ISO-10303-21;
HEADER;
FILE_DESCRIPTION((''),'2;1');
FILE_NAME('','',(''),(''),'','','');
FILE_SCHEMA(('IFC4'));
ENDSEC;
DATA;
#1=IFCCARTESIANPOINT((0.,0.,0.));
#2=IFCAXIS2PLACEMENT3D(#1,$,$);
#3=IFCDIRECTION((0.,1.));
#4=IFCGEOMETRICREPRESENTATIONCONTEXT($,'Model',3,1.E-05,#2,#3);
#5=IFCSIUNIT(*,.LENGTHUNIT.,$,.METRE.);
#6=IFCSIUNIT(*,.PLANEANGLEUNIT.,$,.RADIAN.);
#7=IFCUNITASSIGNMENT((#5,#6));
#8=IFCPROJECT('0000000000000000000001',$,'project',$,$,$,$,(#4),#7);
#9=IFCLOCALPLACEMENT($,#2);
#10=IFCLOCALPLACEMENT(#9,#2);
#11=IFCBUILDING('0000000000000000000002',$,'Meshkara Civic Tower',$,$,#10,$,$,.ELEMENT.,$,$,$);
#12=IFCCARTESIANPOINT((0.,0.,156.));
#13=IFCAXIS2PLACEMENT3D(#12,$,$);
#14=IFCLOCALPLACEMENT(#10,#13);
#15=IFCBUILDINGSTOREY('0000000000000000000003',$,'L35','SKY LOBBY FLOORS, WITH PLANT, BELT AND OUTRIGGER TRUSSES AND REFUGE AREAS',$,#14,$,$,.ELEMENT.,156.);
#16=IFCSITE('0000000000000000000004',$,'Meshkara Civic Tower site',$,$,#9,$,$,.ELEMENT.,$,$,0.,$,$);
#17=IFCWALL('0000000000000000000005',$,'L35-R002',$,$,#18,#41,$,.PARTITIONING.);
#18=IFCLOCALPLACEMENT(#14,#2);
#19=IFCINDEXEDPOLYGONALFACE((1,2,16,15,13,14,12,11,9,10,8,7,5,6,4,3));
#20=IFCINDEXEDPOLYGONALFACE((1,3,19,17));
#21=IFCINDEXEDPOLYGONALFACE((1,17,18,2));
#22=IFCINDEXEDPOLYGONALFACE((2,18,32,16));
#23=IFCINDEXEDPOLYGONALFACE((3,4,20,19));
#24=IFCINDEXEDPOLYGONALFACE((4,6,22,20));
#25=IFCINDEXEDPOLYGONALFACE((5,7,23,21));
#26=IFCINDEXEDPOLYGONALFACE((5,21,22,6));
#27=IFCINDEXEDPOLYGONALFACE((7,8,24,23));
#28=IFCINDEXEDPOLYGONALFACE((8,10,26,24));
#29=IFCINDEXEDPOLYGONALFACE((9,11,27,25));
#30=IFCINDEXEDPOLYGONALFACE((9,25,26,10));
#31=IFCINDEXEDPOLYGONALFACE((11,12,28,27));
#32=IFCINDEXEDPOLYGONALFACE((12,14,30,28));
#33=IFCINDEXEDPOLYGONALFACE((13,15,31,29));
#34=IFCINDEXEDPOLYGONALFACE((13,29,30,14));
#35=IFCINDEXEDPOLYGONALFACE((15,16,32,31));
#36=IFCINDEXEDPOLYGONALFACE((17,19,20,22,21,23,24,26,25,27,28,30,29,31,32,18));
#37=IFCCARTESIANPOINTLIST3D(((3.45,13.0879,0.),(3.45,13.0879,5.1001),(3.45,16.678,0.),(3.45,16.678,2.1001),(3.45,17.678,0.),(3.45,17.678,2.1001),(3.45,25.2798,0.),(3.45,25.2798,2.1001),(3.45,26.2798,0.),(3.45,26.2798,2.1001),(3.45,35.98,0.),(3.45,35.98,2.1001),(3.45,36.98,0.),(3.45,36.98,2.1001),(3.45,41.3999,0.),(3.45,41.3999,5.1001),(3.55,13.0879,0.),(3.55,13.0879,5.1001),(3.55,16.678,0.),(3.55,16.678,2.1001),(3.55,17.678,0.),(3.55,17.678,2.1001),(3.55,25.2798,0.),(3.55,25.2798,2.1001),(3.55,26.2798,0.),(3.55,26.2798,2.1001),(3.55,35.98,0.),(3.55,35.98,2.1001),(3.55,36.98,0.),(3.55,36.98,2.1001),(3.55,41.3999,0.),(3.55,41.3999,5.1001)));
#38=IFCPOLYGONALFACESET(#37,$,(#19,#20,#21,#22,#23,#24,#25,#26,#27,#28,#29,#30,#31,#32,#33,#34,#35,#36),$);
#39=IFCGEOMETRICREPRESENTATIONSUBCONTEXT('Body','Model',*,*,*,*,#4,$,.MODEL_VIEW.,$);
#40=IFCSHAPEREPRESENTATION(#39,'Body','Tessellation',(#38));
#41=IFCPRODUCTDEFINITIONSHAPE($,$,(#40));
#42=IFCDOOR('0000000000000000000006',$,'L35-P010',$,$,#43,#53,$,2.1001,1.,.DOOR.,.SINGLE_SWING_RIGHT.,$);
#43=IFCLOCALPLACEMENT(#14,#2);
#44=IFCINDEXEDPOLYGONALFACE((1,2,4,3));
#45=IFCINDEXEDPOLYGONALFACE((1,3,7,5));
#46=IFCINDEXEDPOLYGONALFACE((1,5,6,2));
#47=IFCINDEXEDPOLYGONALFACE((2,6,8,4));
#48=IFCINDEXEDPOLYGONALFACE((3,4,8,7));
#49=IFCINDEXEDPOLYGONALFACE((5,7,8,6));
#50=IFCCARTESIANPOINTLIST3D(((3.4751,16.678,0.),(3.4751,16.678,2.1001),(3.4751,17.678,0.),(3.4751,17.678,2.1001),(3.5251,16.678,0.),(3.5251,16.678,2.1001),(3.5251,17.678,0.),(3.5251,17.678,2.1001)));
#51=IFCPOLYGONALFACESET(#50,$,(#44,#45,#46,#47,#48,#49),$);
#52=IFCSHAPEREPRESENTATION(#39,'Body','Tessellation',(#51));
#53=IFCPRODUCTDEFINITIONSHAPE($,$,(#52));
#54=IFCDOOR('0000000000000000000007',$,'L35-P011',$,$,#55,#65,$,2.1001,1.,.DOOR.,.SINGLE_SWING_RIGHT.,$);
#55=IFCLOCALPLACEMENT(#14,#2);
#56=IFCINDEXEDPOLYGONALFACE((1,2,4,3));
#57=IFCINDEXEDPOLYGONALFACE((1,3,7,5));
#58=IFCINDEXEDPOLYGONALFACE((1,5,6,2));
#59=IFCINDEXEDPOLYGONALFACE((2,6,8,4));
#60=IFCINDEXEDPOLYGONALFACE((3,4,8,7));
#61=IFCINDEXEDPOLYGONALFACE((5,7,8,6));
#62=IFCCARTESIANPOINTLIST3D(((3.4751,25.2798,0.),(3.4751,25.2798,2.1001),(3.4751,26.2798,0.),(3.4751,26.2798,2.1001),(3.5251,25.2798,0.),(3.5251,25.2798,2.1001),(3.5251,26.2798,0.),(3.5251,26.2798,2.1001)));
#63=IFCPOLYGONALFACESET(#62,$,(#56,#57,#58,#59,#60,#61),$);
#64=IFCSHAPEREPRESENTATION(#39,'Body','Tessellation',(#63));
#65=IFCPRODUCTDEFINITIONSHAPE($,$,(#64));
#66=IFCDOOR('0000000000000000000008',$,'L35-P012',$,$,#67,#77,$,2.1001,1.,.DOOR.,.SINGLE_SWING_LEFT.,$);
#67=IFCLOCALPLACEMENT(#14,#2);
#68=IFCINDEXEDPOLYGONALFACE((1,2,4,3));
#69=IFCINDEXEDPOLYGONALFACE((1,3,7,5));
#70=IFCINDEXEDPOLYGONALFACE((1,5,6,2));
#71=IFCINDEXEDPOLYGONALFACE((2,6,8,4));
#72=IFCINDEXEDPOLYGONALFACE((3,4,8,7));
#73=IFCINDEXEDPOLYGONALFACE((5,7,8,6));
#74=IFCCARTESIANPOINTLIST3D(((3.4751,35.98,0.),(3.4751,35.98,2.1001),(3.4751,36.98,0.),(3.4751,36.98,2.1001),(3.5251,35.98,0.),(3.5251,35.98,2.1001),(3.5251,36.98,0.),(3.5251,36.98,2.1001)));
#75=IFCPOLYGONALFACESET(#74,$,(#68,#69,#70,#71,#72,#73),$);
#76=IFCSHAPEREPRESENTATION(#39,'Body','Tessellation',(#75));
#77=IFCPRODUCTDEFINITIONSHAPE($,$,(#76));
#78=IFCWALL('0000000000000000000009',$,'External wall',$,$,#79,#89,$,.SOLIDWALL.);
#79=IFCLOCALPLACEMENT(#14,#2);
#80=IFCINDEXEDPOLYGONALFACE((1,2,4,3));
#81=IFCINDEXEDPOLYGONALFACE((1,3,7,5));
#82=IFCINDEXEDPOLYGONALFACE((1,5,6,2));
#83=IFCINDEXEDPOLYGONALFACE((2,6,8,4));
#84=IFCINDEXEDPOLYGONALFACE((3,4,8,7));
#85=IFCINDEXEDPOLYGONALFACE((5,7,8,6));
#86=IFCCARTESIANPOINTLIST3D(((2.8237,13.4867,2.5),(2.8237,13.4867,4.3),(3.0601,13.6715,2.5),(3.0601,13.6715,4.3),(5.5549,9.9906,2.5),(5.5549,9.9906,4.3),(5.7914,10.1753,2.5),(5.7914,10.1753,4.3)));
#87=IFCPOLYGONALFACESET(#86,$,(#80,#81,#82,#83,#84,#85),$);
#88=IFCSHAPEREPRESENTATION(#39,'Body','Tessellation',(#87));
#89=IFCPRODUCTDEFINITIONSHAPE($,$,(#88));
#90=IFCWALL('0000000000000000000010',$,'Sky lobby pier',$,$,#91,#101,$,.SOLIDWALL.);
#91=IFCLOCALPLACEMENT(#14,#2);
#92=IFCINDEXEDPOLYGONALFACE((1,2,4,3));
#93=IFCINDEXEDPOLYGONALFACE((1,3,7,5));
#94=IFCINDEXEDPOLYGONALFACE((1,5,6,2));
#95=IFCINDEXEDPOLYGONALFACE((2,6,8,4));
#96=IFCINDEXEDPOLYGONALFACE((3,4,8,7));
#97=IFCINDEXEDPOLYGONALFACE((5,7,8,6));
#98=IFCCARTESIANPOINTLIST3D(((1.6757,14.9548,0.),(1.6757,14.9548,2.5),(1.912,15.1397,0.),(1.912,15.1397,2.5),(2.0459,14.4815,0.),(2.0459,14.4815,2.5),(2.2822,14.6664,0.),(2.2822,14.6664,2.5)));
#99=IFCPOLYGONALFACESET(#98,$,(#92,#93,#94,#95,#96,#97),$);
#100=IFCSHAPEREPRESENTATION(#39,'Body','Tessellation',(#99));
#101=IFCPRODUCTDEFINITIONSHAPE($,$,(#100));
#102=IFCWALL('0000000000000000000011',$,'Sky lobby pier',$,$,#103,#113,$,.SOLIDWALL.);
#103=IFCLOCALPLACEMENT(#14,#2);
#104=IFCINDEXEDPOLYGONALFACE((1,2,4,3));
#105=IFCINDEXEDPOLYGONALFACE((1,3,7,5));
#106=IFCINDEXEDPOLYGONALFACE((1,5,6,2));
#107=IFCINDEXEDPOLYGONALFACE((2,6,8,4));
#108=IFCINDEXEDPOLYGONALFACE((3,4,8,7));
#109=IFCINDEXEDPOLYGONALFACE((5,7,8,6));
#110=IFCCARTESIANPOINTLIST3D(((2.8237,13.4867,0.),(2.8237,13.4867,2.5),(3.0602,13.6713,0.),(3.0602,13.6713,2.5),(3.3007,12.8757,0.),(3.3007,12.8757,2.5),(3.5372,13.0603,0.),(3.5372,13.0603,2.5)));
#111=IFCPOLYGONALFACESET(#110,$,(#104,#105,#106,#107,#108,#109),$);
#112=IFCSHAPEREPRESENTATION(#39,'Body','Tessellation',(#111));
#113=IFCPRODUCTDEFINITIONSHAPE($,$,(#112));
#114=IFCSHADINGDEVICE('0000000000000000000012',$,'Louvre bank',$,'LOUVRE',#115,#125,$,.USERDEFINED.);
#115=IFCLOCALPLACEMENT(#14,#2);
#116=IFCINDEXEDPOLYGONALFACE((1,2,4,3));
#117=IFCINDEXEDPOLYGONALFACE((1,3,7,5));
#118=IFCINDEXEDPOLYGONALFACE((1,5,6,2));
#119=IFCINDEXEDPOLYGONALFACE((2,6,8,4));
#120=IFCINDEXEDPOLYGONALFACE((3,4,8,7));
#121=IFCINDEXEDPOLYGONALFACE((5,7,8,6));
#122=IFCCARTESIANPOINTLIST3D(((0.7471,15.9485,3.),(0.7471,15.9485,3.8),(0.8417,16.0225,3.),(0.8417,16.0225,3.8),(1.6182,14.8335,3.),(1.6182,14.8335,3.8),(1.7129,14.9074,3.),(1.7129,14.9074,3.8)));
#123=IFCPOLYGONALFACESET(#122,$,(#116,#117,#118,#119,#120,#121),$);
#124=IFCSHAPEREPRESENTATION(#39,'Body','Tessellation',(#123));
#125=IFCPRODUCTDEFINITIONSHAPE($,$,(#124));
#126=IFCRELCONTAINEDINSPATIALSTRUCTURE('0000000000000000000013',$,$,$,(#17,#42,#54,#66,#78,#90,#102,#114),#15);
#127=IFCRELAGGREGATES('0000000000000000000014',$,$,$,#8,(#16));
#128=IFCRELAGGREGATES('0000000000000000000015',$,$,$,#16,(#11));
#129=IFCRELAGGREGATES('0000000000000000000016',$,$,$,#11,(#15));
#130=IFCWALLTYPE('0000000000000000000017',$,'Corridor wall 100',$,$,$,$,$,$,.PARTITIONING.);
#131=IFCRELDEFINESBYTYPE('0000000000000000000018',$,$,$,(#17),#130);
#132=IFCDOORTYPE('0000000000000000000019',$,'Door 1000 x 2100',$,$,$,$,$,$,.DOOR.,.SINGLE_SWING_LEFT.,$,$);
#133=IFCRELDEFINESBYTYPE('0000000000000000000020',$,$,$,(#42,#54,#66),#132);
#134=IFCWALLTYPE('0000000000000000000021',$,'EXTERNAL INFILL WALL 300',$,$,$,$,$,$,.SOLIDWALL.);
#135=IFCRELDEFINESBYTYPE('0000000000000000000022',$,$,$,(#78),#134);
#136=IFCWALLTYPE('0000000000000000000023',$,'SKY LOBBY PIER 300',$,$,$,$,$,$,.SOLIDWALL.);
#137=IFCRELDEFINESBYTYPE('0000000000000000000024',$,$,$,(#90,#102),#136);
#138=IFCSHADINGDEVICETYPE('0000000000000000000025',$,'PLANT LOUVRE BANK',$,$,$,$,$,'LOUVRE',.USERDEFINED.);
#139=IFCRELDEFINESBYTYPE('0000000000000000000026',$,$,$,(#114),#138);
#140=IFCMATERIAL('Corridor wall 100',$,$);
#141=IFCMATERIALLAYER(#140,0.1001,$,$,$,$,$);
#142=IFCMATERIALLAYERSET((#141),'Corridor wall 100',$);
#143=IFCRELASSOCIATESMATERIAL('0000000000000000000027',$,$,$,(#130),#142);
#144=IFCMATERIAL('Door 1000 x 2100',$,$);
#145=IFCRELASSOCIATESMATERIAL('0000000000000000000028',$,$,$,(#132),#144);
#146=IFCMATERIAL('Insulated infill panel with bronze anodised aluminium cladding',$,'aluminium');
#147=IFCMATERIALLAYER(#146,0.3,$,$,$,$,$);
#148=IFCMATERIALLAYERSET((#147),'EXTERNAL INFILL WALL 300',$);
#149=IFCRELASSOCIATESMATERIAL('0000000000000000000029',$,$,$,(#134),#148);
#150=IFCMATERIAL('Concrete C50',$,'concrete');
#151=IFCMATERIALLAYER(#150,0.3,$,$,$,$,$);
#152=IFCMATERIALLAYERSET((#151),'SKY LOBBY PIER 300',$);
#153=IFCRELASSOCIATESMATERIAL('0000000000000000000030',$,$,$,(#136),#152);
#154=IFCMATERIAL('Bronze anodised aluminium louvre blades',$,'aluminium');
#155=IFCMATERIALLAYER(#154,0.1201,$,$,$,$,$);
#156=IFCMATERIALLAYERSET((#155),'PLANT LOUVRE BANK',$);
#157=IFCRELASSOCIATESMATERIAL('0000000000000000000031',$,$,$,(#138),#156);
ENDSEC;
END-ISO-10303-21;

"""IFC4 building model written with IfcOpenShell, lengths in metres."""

from ifc_helpers import new_model, si_unit, direction, frame, frame_2d, origin, origin_2d, place, context, subcontext, project, spatial, rectangle, extrude, material, layer, layer_set, type_object, element, fill, save


model = new_model("IFC4")

# Units and contexts
model_context = context("Model", 3, precision=1e-05, world=origin(), true_north=direction((0.0, 1.0)))
body_context = subcontext(model_context, "Body", "Model", "MODEL_VIEW")
ifc_project = project(units=[si_unit("LENGTHUNIT", "METRE"), si_unit("PLANEANGLEUNIT", "RADIAN")], contexts=[model_context])

# Site, building, storey
site_placement = place(None, origin())
site = spatial("IfcSite", under=ifc_project, at=site_placement, Name="Meshkara Civic Tower site", CompositionType="ELEMENT", RefElevation=0.0)
building_placement = place(site_placement, origin())
building = spatial("IfcBuilding", under=site, at=building_placement, Name="Meshkara Civic Tower", CompositionType="ELEMENT")
storey_placement = place(building_placement, frame((0.0, 0.0, 156.0)))
storey = spatial("IfcBuildingStorey", under=building, at=storey_placement, Name="L35", Description="SKY LOBBY FLOORS, WITH PLANT, BELT AND OUTRIGGER TRUSSES AND REFUGE AREAS", CompositionType="ELEMENT", Elevation=156.0)

# Wall, openings, doors
ifc_material_1 = material(Name="Corridor wall 100")
ifc_layer_1 = layer(ifc_material_1, 0.1001)
ifc_layer_set_1 = layer_set([ifc_layer_1], Name="Corridor wall 100")
wall_type_1 = type_object("IfcWallType", Name="Corridor wall 100", PredefinedType="PARTITIONING", material=ifc_layer_set_1)
wall_1_placement = place(storey_placement, frame((3.5, 13.0879, 0.0), z_axis=(0.0, 0.0, 1.0), x_axis=(0.0, 1.0, 0.0)))
wall_1 = element("IfcWall", 1, at=wall_1_placement, inside=storey, type_object=wall_type_1, Name="L35-R002", PredefinedType="PARTITIONING", context=body_context, shape_type="SweptSolid", body=[
    extrude(rectangle(XDim=28.312, YDim=0.1001, at=frame_2d((14.156, 0.0))), origin(), (0.0, 0.0, 1.0), 5.1001),
])
opening_1_placement = place(wall_1_placement, frame((3.5901, 0.0, 0.0)))
opening_1 = element("IfcOpeningElement", 2, at=opening_1_placement, cuts=wall_1, PredefinedType="OPENING", context=body_context, shape_type="SweptSolid", body=[
    extrude(rectangle(XDim=1.0, YDim=2.1001, at=frame_2d((0.5, 1.05))), frame((0.0, 0.0601, 0.0), z_axis=(0.0, -1.0, 0.0), x_axis=(1.0, 0.0, 0.0)), (0.0, 0.0, 1.0), 0.1201),
])
opening_2_placement = place(wall_1_placement, frame((12.1919, 0.0, 0.0)))
opening_2 = element("IfcOpeningElement", 3, at=opening_2_placement, cuts=wall_1, PredefinedType="OPENING", context=body_context, shape_type="SweptSolid", body=[
    extrude(rectangle(XDim=1.0, YDim=2.1001, at=frame_2d((0.5, 1.05))), frame((0.0, 0.0601, 0.0), z_axis=(0.0, -1.0, 0.0), x_axis=(1.0, 0.0, 0.0)), (0.0, 0.0, 1.0), 0.1201),
])
opening_3_placement = place(wall_1_placement, frame((22.8921, 0.0, 0.0)))
opening_3 = element("IfcOpeningElement", 4, at=opening_3_placement, cuts=wall_1, PredefinedType="OPENING", context=body_context, shape_type="SweptSolid", body=[
    extrude(rectangle(XDim=1.0, YDim=2.1001, at=frame_2d((0.5, 1.05))), frame((0.0, 0.0601, 0.0), z_axis=(0.0, -1.0, 0.0), x_axis=(1.0, 0.0, 0.0)), (0.0, 0.0, 1.0), 0.1201),
])
ifc_material_2 = material(Name="Door 1000 x 2100")
door_type_1 = type_object("IfcDoorType", Name="Door 1000 x 2100", OperationType="SINGLE_SWING_LEFT", PredefinedType="DOOR", material=ifc_material_2)
door_1_placement = place(opening_1_placement, origin())
door_1 = element("IfcDoor", 5, at=door_1_placement, inside=storey, type_object=door_type_1, Name="L35-P010", OperationType="SINGLE_SWING_RIGHT", OverallHeight=2.1001, OverallWidth=1.0, PredefinedType="DOOR", context=body_context, shape_type="SweptSolid", body=[
    extrude(rectangle(XDim=1.0, YDim=2.1001, at=frame_2d((0.5, 1.05))), frame((0.0, 0.0249, 0.0), z_axis=(0.0, -1.0, 0.0), x_axis=(1.0, 0.0, 0.0)), (0.0, 0.0, 1.0), 0.05),
])
fill(opening_1, door_1)
door_2_placement = place(opening_2_placement, origin())
door_2 = element("IfcDoor", 6, at=door_2_placement, inside=storey, type_object=door_type_1, Name="L35-P011", OperationType="SINGLE_SWING_RIGHT", OverallHeight=2.1001, OverallWidth=1.0, PredefinedType="DOOR", context=body_context, shape_type="SweptSolid", body=[
    extrude(rectangle(XDim=1.0, YDim=2.1001, at=frame_2d((0.5, 1.05))), frame((0.0, 0.0249, 0.0), z_axis=(0.0, -1.0, 0.0), x_axis=(1.0, 0.0, 0.0)), (0.0, 0.0, 1.0), 0.05),
])
fill(opening_2, door_2)
door_3_placement = place(opening_3_placement, origin())
door_3 = element("IfcDoor", 7, at=door_3_placement, inside=storey, type_object=door_type_1, Name="L35-P012", OperationType="SINGLE_SWING_LEFT", OverallHeight=2.1001, OverallWidth=1.0, PredefinedType="DOOR", context=body_context, shape_type="SweptSolid", body=[
    extrude(rectangle(XDim=1.0, YDim=2.1001, at=frame_2d((0.5, 1.05))), frame((0.0, 0.0249, 0.0), z_axis=(0.0, -1.0, 0.0), x_axis=(1.0, 0.0, 0.0)), (0.0, 0.0, 1.0), 0.05),
])
fill(opening_3, door_3)

# Walls
ifc_material_3 = material(Name="Insulated infill panel with bronze anodised aluminium cladding", Category="aluminium")
ifc_layer_2 = layer(ifc_material_3, 0.3)
ifc_layer_set_2 = layer_set([ifc_layer_2], Name="EXTERNAL INFILL WALL 300")
wall_type_2 = type_object("IfcWallType", Name="EXTERNAL INFILL WALL 300", PredefinedType="SOLIDWALL", material=ifc_layer_set_2)
wall_2_placement = place(storey_placement, frame((2.9419, 13.5791, 2.5), z_axis=(0.0, 0.0, 1.0), x_axis=(0.615627, -0.788038, 0.0)))
element("IfcWall", 8, at=wall_2_placement, inside=storey, type_object=wall_type_2, Name="External wall", PredefinedType="SOLIDWALL", context=body_context, shape_type="SweptSolid", body=[
    extrude(rectangle(XDim=4.4365, YDim=0.3, at=frame_2d((2.2183, 0.0))), origin(), (0.0, 0.0, 1.0), 1.8),
])
ifc_material_4 = material(Name="Concrete C50", Category="concrete")
ifc_layer_3 = layer(ifc_material_4, 0.3)
ifc_layer_set_3 = layer_set([ifc_layer_3], Name="SKY LOBBY PIER 300")
wall_type_3 = type_object("IfcWallType", Name="SKY LOBBY PIER 300", PredefinedType="SOLIDWALL", material=ifc_layer_set_3)
wall_3_placement = place(storey_placement, frame((1.7939, 15.0471, 0.0), z_axis=(0.0, 0.0, 1.0), x_axis=(0.616133, -0.787642, 0.0)))
element("IfcWall", 9, at=wall_3_placement, inside=storey, type_object=wall_type_3, Name="Sky lobby pier", PredefinedType="SOLIDWALL", context=body_context, shape_type="SweptSolid", body=[
    extrude(rectangle(XDim=0.6008, YDim=0.3, at=frame_2d((0.3003, 0.0))), origin(), (0.0, 0.0, 1.0), 2.5),
])
wall_4_placement = place(storey_placement, frame((2.9419, 13.5791, 0.0), z_axis=(0.0, 0.0, 1.0), x_axis=(0.615357, -0.788249, 0.0)))
element("IfcWall", 10, at=wall_4_placement, inside=storey, type_object=wall_type_3, Name="Sky lobby pier", PredefinedType="SOLIDWALL", context=body_context, shape_type="SweptSolid", body=[
    extrude(rectangle(XDim=0.7751, YDim=0.3, at=frame_2d((0.3877, 0.0))), origin(), (0.0, 0.0, 1.0), 2.5),
])

# Shading device
ifc_material_5 = material(Name="Bronze anodised aluminium louvre blades", Category="aluminium")
ifc_layer_4 = layer(ifc_material_5, 0.1201)
ifc_layer_set_4 = layer_set([ifc_layer_4], Name="PLANT LOUVRE BANK")
shading_device_type = type_object("IfcShadingDeviceType", Name="PLANT LOUVRE BANK", ElementType="LOUVRE", PredefinedType="USERDEFINED", material=ifc_layer_set_4)
shading_device_placement = place(storey_placement, frame((1.23, 15.428, 3.0), z_axis=(0.0, 0.0, 1.0), x_axis=(0.615661, -0.788011, 0.0)))
element("IfcShadingDevice", 11, at=shading_device_placement, inside=storey, type_object=shading_device_type, Name="Louvre bank", ObjectType="LOUVRE", PredefinedType="USERDEFINED", context=body_context, shape_type="SweptSolid", body=[
    extrude(rectangle(XDim=1.415, YDim=0.1201, at=origin_2d()), origin(), (0.0, 0.0, 1.0), 0.8),
])

save(model, "model.ifc")
